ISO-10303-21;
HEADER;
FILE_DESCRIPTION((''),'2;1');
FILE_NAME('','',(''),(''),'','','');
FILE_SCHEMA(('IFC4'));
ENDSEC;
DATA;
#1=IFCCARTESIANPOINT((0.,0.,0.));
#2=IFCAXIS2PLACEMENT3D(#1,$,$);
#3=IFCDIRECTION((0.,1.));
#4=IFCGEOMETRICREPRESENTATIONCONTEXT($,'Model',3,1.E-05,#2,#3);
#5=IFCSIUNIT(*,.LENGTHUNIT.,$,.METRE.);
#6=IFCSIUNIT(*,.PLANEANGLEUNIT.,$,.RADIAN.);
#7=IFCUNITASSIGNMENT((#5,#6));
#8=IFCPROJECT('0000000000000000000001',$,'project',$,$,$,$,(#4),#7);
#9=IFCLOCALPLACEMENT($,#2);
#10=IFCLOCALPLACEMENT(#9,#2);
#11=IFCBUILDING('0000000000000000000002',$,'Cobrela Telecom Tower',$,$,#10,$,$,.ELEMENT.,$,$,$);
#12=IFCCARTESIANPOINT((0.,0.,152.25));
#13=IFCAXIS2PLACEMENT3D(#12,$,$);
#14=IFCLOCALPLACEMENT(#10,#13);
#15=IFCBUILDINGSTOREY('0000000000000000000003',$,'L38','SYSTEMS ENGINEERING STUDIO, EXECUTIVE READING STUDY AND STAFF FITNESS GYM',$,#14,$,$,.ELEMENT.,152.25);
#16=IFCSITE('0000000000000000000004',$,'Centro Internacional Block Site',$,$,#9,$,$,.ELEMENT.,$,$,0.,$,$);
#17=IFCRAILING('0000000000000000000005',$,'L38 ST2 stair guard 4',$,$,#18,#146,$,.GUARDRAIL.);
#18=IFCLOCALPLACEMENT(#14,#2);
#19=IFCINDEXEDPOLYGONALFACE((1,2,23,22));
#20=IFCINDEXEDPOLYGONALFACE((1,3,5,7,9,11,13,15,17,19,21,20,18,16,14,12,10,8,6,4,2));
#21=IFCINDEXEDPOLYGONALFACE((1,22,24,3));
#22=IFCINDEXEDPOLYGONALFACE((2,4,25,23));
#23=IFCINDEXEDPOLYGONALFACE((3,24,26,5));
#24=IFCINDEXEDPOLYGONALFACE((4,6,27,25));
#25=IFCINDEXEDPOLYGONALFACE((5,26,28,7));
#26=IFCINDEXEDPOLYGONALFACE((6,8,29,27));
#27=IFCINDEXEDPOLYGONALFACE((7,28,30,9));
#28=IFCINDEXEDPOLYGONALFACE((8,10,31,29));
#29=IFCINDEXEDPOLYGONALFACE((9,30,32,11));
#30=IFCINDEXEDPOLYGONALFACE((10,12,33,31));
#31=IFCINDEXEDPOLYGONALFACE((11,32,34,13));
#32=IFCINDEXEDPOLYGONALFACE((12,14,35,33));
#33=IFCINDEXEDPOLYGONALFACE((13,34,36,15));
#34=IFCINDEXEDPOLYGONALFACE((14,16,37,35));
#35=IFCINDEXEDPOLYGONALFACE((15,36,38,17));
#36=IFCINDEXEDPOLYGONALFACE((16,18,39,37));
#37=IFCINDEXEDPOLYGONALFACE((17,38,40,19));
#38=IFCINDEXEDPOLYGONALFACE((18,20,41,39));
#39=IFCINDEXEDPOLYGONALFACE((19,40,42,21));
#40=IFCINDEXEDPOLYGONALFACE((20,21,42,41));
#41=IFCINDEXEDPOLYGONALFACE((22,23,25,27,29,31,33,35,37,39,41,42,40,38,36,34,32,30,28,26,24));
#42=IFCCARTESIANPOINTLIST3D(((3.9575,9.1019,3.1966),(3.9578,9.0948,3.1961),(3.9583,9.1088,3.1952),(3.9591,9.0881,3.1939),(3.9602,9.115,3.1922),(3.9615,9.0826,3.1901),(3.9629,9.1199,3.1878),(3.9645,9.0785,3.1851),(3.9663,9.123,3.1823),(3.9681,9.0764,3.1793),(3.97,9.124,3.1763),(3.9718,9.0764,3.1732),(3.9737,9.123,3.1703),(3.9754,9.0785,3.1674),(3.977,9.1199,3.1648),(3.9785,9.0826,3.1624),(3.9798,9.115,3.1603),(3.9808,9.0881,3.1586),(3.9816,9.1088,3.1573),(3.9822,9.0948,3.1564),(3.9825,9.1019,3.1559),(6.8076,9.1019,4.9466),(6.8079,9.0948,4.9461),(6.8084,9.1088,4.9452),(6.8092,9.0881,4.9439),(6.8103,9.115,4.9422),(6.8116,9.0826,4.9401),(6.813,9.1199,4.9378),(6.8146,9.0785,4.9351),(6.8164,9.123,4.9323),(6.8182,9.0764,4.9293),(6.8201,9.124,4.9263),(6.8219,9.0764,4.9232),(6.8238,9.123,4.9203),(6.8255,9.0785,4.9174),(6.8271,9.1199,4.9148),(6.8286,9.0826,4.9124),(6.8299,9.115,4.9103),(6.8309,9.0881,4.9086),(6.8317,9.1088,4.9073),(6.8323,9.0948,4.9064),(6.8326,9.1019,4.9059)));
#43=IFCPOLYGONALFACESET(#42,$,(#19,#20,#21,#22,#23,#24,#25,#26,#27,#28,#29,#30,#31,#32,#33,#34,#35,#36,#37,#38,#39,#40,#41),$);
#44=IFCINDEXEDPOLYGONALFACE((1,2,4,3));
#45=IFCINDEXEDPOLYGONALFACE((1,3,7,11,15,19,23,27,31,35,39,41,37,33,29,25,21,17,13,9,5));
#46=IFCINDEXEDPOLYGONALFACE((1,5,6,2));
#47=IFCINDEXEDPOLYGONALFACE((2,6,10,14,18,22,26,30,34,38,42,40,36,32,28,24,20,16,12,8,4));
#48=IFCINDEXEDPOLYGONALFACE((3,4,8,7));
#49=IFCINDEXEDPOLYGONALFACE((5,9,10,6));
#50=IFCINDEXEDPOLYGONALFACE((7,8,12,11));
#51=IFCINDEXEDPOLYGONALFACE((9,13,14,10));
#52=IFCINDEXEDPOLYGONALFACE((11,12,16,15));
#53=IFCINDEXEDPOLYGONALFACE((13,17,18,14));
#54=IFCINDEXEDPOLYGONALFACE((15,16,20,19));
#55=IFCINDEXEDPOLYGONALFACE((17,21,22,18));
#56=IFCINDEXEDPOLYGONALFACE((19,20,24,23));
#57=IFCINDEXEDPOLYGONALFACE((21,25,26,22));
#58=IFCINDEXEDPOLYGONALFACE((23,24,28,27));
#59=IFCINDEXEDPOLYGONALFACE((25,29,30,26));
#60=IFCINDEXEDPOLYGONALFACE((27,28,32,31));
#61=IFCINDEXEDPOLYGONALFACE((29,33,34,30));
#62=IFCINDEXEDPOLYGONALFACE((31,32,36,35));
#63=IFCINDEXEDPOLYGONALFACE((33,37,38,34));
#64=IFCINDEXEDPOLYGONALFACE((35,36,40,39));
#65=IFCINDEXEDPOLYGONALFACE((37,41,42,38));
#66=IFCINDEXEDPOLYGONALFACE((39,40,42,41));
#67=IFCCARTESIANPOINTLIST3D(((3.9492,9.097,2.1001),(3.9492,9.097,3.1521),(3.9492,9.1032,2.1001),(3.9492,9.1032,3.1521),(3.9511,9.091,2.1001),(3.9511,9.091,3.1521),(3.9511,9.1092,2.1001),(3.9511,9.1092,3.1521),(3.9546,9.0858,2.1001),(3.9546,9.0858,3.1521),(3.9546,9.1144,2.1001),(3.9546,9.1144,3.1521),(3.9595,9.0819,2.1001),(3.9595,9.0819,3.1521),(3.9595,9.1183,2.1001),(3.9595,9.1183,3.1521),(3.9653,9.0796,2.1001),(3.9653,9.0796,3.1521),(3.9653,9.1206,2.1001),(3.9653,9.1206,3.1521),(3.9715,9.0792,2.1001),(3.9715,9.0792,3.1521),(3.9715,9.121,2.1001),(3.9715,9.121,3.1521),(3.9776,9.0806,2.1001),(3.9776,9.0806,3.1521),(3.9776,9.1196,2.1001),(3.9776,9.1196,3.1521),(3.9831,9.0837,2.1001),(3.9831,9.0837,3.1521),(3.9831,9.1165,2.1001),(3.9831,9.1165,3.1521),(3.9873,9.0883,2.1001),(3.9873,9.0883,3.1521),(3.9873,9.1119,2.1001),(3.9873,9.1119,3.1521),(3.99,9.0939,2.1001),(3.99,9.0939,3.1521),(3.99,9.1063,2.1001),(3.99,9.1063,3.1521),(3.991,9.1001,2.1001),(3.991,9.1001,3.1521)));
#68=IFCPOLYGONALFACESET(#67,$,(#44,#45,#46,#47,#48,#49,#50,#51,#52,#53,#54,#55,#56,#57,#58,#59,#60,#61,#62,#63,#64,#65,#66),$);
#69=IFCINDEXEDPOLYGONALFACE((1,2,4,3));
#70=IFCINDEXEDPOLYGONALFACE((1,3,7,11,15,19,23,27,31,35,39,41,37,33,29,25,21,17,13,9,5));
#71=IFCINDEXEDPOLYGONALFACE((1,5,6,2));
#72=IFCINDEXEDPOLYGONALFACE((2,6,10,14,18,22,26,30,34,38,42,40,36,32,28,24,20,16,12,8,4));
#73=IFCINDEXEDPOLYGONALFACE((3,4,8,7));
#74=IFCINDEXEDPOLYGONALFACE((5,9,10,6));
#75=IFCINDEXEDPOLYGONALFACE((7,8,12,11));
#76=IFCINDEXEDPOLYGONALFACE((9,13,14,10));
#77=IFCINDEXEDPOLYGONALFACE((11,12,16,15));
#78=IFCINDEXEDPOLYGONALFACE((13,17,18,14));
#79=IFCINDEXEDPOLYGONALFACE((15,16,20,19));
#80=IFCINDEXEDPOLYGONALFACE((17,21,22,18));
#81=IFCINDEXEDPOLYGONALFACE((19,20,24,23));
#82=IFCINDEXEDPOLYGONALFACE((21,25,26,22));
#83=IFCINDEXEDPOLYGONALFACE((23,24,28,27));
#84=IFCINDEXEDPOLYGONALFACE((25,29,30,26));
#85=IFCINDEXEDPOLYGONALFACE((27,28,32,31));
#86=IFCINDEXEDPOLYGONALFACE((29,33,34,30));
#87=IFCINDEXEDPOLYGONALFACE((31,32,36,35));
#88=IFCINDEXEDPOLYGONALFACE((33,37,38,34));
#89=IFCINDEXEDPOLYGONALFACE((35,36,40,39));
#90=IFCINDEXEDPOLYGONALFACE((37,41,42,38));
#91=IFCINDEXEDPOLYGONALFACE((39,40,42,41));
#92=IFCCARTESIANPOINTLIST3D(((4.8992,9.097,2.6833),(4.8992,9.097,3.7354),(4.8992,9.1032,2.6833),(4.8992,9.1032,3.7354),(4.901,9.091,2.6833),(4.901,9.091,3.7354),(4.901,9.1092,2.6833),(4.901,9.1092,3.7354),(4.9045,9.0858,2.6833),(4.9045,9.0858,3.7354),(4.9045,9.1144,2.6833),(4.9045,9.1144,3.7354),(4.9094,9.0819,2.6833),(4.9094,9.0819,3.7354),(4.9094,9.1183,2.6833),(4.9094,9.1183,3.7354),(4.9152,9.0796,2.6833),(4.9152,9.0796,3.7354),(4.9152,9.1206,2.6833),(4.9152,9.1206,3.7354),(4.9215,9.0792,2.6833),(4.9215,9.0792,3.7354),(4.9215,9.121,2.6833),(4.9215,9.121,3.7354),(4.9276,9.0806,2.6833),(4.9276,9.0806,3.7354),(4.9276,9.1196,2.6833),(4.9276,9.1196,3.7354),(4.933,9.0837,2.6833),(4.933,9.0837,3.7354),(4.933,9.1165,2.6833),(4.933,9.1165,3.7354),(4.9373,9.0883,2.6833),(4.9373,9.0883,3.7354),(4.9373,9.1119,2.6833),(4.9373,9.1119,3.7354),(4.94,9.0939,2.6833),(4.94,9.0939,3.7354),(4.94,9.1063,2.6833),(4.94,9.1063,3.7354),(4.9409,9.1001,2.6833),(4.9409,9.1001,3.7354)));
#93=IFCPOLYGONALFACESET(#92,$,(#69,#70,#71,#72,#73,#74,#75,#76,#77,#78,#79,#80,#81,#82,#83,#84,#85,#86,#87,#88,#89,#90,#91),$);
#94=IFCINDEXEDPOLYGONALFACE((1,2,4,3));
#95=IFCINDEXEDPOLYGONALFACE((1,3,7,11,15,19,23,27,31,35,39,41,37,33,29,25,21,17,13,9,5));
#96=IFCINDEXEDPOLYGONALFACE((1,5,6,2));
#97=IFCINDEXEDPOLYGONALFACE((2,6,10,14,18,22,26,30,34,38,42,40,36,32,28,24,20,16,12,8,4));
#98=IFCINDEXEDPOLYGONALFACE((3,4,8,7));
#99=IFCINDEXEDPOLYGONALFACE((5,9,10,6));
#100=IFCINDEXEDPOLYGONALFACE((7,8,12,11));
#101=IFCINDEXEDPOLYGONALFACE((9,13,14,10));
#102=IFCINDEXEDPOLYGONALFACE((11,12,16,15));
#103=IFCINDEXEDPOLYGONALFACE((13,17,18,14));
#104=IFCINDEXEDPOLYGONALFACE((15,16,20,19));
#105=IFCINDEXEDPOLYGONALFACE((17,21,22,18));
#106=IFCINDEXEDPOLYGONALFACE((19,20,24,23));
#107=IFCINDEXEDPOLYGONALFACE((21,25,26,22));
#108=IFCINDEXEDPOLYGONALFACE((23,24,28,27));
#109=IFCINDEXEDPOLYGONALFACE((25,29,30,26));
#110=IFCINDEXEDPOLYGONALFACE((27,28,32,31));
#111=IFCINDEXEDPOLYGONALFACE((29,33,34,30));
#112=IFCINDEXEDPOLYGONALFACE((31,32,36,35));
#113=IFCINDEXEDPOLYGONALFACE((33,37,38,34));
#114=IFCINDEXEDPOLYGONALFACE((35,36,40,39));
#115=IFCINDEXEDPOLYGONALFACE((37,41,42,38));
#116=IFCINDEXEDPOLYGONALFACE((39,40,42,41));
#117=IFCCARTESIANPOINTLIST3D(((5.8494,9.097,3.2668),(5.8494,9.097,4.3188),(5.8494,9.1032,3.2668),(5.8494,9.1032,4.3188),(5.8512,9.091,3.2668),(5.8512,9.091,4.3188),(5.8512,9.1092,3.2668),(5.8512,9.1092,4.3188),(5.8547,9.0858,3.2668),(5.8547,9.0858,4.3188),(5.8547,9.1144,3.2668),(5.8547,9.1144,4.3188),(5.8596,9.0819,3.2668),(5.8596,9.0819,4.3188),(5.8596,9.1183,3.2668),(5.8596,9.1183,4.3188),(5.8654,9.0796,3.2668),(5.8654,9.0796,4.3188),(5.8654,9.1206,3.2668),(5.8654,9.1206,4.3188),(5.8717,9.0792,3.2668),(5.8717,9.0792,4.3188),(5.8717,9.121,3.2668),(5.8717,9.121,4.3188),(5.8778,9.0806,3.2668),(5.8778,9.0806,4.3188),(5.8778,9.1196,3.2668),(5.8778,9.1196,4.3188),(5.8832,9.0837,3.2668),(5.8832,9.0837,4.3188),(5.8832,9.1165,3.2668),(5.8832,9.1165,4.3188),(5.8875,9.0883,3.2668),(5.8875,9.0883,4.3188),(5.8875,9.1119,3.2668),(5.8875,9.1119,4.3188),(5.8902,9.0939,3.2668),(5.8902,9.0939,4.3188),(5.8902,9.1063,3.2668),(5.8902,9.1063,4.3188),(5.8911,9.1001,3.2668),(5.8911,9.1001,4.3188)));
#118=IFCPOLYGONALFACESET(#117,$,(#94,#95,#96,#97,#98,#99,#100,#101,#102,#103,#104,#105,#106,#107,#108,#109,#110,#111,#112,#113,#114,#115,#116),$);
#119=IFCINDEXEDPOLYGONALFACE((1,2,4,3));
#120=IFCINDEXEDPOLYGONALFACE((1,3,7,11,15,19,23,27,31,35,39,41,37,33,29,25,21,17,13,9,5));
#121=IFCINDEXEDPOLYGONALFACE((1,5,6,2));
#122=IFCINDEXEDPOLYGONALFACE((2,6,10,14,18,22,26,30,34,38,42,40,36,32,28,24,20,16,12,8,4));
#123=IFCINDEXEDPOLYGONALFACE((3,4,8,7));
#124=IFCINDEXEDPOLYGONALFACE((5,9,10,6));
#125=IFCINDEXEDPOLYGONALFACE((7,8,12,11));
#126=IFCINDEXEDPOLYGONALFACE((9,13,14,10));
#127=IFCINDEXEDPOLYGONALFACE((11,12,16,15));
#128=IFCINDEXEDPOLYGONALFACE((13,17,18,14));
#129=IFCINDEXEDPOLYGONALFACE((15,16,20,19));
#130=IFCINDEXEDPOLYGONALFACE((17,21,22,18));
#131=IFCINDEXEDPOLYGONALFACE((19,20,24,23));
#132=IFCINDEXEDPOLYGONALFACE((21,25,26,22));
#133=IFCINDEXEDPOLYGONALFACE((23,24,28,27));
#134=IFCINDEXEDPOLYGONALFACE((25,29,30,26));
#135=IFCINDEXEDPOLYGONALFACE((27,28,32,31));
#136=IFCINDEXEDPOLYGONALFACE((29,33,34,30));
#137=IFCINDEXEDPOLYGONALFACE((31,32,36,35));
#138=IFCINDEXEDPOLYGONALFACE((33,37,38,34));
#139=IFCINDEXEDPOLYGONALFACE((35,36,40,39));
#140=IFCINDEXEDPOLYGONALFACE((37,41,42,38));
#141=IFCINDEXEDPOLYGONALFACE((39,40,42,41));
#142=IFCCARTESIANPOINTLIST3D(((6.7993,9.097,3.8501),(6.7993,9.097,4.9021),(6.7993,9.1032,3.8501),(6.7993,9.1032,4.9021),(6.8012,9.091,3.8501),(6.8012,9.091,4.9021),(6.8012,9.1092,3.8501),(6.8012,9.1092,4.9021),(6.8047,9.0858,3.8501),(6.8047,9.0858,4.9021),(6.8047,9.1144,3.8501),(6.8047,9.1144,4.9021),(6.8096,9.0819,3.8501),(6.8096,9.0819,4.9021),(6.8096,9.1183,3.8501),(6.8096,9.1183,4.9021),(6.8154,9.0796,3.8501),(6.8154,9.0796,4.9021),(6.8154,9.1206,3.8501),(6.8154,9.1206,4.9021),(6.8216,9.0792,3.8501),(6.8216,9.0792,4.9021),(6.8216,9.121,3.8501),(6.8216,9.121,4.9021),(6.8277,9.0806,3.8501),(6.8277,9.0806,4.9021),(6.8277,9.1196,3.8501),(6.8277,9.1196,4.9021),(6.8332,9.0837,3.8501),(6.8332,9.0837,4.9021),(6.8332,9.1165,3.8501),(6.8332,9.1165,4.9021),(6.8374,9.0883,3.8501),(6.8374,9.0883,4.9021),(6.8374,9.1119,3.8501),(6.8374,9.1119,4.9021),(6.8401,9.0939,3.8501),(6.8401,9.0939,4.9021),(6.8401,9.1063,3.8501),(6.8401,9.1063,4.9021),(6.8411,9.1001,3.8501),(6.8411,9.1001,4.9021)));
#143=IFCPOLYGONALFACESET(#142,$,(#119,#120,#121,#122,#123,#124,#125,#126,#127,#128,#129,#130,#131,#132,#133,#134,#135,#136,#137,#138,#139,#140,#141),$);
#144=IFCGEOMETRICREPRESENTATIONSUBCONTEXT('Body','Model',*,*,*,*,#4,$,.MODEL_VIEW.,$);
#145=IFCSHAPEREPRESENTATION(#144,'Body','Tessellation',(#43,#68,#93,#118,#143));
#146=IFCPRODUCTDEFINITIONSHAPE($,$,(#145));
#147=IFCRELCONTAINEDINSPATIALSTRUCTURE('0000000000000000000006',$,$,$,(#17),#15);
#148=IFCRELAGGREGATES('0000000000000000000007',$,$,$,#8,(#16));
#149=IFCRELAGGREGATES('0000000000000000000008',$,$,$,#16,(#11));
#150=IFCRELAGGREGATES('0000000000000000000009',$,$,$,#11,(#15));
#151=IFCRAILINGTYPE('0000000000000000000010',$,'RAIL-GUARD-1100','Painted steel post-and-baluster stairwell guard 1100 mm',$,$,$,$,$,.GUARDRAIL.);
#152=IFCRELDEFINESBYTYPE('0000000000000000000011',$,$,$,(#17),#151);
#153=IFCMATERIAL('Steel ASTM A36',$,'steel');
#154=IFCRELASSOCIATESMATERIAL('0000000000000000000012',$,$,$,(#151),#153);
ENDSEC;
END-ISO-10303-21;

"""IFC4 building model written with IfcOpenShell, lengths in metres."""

from ifc_helpers import new_model, si_unit, direction, frame, origin, origin_2d, place, context, subcontext, project, spatial, circle, extrude, material, type_object, element, save


model = new_model("IFC4")

# Units and contexts
model_context = context("Model", 3, precision=1e-05, world=origin(), true_north=direction((0.0, 1.0)))
body_context = subcontext(model_context, "Body", "Model", "MODEL_VIEW")
ifc_project = project(units=[si_unit("LENGTHUNIT", "METRE"), si_unit("PLANEANGLEUNIT", "RADIAN")], contexts=[model_context])

# Site, building, storey
site_placement = place(None, origin())
site = spatial("IfcSite", under=ifc_project, at=site_placement, Name="Centro Internacional Block Site", CompositionType="ELEMENT", RefElevation=0.0)
building_placement = place(site_placement, origin())
building = spatial("IfcBuilding", under=site, at=building_placement, Name="Cobrela Telecom Tower", CompositionType="ELEMENT")
storey_placement = place(building_placement, frame((0.0, 0.0, 152.25)))
storey = spatial("IfcBuildingStorey", under=building, at=storey_placement, Name="L38", Description="SYSTEMS ENGINEERING STUDIO, EXECUTIVE READING STUDY AND STAFF FITNESS GYM", CompositionType="ELEMENT", Elevation=152.25)

# Shared definitions
ifc_material_1 = material(Name="Steel ASTM A36", Category="steel")

# Railing
railing_type_1 = type_object("IfcRailingType", Name="RAIL-GUARD-1100", Description="Painted steel post-and-baluster stairwell guard 1100 mm", PredefinedType="GUARDRAIL", material=ifc_material_1)
railing_1_placement = place(storey_placement, frame((3.97, 9.1001, 2.1001)))
element("IfcRailing", 1, at=railing_1_placement, inside=storey, type_object=railing_type_1, Name="L38 ST2 stair guard 4", PredefinedType="GUARDRAIL", context=body_context, shape_type="SweptSolid", body=[
    extrude(circle(Radius=0.0239, at=origin_2d()), frame((0.0, 0.0, 1.0762), z_axis=(0.852179, 0.0, 0.52325), x_axis=(0.0, 1.0, 0.0)), (0.0, 0.0, 1.0), 3.3445),
    extrude(circle(Radius=0.021, at=origin_2d()), origin(), (0.0, 0.0, 1.0), 1.052),
    extrude(circle(Radius=0.021, at=origin_2d()), frame((0.95, 0.0, 0.5833)), (0.0, 0.0, 1.0), 1.052),
    extrude(circle(Radius=0.021, at=origin_2d()), frame((1.9001, 0.0, 1.1667)), (0.0, 0.0, 1.0), 1.052),
    extrude(circle(Radius=0.021, at=origin_2d()), frame((2.8501, 0.0, 1.75)), (0.0, 0.0, 1.0), 1.052),
])

save(model, "model.ifc")
